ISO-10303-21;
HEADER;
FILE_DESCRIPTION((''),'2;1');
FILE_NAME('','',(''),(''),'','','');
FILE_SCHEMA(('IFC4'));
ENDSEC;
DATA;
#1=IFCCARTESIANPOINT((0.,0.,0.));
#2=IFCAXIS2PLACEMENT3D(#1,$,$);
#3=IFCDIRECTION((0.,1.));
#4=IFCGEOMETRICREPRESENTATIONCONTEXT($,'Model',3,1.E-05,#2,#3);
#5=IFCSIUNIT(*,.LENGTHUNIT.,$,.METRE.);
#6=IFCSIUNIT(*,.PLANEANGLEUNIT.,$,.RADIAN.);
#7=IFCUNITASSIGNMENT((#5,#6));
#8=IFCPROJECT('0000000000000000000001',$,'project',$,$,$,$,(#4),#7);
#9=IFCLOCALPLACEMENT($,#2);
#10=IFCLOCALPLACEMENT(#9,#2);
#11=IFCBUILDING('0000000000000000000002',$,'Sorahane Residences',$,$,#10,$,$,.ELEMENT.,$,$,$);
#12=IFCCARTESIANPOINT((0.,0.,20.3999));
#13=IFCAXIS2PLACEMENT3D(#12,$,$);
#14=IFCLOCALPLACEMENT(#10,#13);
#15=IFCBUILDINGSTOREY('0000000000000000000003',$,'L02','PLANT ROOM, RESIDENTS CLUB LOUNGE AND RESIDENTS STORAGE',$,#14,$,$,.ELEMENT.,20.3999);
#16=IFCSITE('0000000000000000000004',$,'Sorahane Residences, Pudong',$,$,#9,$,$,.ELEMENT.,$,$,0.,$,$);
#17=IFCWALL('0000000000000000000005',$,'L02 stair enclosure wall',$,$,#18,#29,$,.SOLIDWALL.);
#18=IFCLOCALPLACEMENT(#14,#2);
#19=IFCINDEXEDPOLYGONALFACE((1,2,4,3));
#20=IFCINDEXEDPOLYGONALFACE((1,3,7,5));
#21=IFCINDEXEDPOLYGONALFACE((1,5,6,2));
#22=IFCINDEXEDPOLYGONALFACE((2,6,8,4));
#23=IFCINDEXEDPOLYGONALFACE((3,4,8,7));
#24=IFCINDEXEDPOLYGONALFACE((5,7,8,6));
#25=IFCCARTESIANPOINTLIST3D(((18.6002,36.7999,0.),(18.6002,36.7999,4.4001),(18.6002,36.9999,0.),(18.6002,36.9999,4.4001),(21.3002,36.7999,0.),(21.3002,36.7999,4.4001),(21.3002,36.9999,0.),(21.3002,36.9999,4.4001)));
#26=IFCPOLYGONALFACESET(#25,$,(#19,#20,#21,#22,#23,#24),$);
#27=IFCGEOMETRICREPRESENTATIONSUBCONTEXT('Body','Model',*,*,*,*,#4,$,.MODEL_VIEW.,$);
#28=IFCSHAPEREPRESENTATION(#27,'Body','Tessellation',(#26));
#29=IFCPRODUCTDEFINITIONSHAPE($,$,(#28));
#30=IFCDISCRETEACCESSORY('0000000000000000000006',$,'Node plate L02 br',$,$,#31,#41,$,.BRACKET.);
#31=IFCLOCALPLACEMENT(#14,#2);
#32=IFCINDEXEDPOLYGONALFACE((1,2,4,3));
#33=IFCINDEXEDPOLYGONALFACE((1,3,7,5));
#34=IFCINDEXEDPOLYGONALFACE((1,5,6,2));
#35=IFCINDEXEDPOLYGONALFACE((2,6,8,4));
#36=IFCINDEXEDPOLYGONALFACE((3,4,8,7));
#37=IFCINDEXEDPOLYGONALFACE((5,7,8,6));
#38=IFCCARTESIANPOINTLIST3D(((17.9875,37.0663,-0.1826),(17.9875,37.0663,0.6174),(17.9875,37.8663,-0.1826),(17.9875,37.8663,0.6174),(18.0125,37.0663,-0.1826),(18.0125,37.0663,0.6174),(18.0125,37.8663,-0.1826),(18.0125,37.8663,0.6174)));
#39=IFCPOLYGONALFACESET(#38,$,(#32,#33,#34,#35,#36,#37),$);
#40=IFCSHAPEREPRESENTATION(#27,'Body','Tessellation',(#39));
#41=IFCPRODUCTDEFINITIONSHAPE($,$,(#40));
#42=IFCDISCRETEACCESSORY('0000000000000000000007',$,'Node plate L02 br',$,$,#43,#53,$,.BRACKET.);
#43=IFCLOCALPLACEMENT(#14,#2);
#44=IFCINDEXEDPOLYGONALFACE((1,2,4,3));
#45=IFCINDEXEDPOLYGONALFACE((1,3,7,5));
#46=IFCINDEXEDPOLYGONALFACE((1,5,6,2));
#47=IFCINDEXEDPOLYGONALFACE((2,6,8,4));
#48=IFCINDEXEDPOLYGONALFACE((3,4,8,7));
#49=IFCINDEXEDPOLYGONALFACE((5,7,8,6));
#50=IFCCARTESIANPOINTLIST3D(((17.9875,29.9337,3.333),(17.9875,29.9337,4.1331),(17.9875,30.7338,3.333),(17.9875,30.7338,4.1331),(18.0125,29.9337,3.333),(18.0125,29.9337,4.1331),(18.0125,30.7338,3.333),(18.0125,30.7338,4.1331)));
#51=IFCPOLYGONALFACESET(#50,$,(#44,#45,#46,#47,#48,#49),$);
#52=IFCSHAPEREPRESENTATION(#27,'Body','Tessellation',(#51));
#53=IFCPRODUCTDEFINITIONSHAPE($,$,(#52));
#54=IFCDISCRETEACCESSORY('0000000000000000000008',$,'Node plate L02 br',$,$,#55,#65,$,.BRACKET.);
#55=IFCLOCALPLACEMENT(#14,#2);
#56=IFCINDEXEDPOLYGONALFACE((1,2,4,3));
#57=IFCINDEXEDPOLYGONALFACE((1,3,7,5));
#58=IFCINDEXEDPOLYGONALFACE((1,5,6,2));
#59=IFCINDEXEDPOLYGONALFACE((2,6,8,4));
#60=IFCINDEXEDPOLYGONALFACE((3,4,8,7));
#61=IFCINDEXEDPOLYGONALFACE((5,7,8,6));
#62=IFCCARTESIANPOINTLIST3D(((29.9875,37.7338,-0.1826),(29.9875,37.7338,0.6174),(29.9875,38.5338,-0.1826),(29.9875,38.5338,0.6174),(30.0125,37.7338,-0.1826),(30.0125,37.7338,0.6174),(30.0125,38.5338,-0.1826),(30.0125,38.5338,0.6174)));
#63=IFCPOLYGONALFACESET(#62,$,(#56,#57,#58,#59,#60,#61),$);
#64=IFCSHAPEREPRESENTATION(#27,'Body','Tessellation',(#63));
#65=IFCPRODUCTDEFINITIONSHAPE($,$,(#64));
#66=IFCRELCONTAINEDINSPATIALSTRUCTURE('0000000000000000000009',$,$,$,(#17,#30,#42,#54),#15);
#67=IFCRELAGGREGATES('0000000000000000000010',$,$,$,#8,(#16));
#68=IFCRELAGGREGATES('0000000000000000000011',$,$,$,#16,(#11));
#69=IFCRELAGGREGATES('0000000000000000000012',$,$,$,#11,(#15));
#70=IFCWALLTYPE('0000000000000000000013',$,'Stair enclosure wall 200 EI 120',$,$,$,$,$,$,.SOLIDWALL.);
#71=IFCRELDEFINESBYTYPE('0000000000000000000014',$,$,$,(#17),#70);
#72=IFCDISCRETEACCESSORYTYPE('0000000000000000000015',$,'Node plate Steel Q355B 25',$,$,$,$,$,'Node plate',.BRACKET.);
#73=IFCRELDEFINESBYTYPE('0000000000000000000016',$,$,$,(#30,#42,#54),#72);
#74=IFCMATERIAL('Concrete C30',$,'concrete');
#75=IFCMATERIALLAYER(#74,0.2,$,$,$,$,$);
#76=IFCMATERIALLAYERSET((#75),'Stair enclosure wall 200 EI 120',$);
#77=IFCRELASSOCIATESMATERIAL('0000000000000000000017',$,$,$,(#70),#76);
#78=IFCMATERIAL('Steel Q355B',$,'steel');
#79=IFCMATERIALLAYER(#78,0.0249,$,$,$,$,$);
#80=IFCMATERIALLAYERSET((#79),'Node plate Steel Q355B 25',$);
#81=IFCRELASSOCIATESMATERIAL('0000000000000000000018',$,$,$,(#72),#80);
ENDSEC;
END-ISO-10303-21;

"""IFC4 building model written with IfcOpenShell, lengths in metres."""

from ifc_helpers import new_model, si_unit, direction, frame, frame_2d, origin, origin_2d, place, context, subcontext, project, spatial, rectangle, extrude, material, layer, layer_set, type_object, element, save


model = new_model("IFC4")

# Units and contexts
model_context = context("Model", 3, precision=1e-05, world=origin(), true_north=direction((0.0, 1.0)))
body_context = subcontext(model_context, "Body", "Model", "MODEL_VIEW")
ifc_project = project(units=[si_unit("LENGTHUNIT", "METRE"), si_unit("PLANEANGLEUNIT", "RADIAN")], contexts=[model_context])

# Site, building, storey
site_placement = place(None, origin())
site = spatial("IfcSite", under=ifc_project, at=site_placement, Name="Sorahane Residences, Pudong", CompositionType="ELEMENT", RefElevation=0.0)
building_placement = place(site_placement, origin())
building = spatial("IfcBuilding", under=site, at=building_placement, Name="Sorahane Residences", CompositionType="ELEMENT")
storey_placement = place(building_placement, frame((0.0, 0.0, 20.3999)))
storey = spatial("IfcBuildingStorey", under=building, at=storey_placement, Name="L02", Description="PLANT ROOM, RESIDENTS CLUB LOUNGE AND RESIDENTS STORAGE", CompositionType="ELEMENT", Elevation=20.3999)

# Shared definitions
ifc_material_1 = material(Name="Concrete C30", Category="concrete")
ifc_layer_1 = layer(ifc_material_1, 0.2)
ifc_layer_set_1 = layer_set([ifc_layer_1], Name="Stair enclosure wall 200 EI 120")
wall_type_1 = type_object("IfcWallType", Name="Stair enclosure wall 200 EI 120", PredefinedType="SOLIDWALL", material=ifc_layer_set_1)

# Wall
wall_1_placement = place(storey_placement, frame((18.6001, 36.8999, 0.0), z_axis=(0.0, 0.0, 1.0), x_axis=(1.0, 0.0, 0.0)))
element("IfcWall", 1, at=wall_1_placement, inside=storey, type_object=wall_type_1, Name="L02 stair enclosure wall", PredefinedType="SOLIDWALL", context=body_context, shape_type="SweptSolid", body=[
    extrude(rectangle(XDim=2.7, YDim=0.2, at=frame_2d((1.3501, 0.0))), origin(), (0.0, 0.0, 1.0), 4.4001),
])

# Discrete accessories
ifc_material_2 = material(Name="Steel Q355B", Category="steel")
ifc_layer_2 = layer(ifc_material_2, 0.0249)
ifc_layer_set_2 = layer_set([ifc_layer_2], Name="Node plate Steel Q355B 25")
discrete_accessory_type = type_object("IfcDiscreteAccessoryType", Name="Node plate Steel Q355B 25", ElementType="Node plate", PredefinedType="BRACKET", material=ifc_layer_set_2)
for number, where, z_axis, x_axis, name in (
    (2, (18.0, 37.4663, -0.1826), (0.0, 0.0, 1.0), (0.0, 1.0, 0.0), "Node plate L02 br"),
    (3, (18.0, 30.3337, 3.333), (0.0, 0.0, 1.0), (0.0, 1.0, 0.0), "Node plate L02 br"),
    (4, (30.0, 38.1338, -0.1826), (0.0, 0.0, 1.0), (0.0, 1.0, 0.0), "Node plate L02 br"),
):
    element("IfcDiscreteAccessory", number, at=place(storey_placement, frame(where, z_axis=z_axis, x_axis=x_axis)), inside=storey, type_object=discrete_accessory_type, Name=name, PredefinedType="BRACKET", context=body_context, shape_type="SweptSolid", body=[
        extrude(rectangle(XDim=0.8, YDim=0.0249, at=origin_2d()), origin(), (0.0, 0.0, 1.0), 0.8),
    ])

save(model, "model.ifc")
